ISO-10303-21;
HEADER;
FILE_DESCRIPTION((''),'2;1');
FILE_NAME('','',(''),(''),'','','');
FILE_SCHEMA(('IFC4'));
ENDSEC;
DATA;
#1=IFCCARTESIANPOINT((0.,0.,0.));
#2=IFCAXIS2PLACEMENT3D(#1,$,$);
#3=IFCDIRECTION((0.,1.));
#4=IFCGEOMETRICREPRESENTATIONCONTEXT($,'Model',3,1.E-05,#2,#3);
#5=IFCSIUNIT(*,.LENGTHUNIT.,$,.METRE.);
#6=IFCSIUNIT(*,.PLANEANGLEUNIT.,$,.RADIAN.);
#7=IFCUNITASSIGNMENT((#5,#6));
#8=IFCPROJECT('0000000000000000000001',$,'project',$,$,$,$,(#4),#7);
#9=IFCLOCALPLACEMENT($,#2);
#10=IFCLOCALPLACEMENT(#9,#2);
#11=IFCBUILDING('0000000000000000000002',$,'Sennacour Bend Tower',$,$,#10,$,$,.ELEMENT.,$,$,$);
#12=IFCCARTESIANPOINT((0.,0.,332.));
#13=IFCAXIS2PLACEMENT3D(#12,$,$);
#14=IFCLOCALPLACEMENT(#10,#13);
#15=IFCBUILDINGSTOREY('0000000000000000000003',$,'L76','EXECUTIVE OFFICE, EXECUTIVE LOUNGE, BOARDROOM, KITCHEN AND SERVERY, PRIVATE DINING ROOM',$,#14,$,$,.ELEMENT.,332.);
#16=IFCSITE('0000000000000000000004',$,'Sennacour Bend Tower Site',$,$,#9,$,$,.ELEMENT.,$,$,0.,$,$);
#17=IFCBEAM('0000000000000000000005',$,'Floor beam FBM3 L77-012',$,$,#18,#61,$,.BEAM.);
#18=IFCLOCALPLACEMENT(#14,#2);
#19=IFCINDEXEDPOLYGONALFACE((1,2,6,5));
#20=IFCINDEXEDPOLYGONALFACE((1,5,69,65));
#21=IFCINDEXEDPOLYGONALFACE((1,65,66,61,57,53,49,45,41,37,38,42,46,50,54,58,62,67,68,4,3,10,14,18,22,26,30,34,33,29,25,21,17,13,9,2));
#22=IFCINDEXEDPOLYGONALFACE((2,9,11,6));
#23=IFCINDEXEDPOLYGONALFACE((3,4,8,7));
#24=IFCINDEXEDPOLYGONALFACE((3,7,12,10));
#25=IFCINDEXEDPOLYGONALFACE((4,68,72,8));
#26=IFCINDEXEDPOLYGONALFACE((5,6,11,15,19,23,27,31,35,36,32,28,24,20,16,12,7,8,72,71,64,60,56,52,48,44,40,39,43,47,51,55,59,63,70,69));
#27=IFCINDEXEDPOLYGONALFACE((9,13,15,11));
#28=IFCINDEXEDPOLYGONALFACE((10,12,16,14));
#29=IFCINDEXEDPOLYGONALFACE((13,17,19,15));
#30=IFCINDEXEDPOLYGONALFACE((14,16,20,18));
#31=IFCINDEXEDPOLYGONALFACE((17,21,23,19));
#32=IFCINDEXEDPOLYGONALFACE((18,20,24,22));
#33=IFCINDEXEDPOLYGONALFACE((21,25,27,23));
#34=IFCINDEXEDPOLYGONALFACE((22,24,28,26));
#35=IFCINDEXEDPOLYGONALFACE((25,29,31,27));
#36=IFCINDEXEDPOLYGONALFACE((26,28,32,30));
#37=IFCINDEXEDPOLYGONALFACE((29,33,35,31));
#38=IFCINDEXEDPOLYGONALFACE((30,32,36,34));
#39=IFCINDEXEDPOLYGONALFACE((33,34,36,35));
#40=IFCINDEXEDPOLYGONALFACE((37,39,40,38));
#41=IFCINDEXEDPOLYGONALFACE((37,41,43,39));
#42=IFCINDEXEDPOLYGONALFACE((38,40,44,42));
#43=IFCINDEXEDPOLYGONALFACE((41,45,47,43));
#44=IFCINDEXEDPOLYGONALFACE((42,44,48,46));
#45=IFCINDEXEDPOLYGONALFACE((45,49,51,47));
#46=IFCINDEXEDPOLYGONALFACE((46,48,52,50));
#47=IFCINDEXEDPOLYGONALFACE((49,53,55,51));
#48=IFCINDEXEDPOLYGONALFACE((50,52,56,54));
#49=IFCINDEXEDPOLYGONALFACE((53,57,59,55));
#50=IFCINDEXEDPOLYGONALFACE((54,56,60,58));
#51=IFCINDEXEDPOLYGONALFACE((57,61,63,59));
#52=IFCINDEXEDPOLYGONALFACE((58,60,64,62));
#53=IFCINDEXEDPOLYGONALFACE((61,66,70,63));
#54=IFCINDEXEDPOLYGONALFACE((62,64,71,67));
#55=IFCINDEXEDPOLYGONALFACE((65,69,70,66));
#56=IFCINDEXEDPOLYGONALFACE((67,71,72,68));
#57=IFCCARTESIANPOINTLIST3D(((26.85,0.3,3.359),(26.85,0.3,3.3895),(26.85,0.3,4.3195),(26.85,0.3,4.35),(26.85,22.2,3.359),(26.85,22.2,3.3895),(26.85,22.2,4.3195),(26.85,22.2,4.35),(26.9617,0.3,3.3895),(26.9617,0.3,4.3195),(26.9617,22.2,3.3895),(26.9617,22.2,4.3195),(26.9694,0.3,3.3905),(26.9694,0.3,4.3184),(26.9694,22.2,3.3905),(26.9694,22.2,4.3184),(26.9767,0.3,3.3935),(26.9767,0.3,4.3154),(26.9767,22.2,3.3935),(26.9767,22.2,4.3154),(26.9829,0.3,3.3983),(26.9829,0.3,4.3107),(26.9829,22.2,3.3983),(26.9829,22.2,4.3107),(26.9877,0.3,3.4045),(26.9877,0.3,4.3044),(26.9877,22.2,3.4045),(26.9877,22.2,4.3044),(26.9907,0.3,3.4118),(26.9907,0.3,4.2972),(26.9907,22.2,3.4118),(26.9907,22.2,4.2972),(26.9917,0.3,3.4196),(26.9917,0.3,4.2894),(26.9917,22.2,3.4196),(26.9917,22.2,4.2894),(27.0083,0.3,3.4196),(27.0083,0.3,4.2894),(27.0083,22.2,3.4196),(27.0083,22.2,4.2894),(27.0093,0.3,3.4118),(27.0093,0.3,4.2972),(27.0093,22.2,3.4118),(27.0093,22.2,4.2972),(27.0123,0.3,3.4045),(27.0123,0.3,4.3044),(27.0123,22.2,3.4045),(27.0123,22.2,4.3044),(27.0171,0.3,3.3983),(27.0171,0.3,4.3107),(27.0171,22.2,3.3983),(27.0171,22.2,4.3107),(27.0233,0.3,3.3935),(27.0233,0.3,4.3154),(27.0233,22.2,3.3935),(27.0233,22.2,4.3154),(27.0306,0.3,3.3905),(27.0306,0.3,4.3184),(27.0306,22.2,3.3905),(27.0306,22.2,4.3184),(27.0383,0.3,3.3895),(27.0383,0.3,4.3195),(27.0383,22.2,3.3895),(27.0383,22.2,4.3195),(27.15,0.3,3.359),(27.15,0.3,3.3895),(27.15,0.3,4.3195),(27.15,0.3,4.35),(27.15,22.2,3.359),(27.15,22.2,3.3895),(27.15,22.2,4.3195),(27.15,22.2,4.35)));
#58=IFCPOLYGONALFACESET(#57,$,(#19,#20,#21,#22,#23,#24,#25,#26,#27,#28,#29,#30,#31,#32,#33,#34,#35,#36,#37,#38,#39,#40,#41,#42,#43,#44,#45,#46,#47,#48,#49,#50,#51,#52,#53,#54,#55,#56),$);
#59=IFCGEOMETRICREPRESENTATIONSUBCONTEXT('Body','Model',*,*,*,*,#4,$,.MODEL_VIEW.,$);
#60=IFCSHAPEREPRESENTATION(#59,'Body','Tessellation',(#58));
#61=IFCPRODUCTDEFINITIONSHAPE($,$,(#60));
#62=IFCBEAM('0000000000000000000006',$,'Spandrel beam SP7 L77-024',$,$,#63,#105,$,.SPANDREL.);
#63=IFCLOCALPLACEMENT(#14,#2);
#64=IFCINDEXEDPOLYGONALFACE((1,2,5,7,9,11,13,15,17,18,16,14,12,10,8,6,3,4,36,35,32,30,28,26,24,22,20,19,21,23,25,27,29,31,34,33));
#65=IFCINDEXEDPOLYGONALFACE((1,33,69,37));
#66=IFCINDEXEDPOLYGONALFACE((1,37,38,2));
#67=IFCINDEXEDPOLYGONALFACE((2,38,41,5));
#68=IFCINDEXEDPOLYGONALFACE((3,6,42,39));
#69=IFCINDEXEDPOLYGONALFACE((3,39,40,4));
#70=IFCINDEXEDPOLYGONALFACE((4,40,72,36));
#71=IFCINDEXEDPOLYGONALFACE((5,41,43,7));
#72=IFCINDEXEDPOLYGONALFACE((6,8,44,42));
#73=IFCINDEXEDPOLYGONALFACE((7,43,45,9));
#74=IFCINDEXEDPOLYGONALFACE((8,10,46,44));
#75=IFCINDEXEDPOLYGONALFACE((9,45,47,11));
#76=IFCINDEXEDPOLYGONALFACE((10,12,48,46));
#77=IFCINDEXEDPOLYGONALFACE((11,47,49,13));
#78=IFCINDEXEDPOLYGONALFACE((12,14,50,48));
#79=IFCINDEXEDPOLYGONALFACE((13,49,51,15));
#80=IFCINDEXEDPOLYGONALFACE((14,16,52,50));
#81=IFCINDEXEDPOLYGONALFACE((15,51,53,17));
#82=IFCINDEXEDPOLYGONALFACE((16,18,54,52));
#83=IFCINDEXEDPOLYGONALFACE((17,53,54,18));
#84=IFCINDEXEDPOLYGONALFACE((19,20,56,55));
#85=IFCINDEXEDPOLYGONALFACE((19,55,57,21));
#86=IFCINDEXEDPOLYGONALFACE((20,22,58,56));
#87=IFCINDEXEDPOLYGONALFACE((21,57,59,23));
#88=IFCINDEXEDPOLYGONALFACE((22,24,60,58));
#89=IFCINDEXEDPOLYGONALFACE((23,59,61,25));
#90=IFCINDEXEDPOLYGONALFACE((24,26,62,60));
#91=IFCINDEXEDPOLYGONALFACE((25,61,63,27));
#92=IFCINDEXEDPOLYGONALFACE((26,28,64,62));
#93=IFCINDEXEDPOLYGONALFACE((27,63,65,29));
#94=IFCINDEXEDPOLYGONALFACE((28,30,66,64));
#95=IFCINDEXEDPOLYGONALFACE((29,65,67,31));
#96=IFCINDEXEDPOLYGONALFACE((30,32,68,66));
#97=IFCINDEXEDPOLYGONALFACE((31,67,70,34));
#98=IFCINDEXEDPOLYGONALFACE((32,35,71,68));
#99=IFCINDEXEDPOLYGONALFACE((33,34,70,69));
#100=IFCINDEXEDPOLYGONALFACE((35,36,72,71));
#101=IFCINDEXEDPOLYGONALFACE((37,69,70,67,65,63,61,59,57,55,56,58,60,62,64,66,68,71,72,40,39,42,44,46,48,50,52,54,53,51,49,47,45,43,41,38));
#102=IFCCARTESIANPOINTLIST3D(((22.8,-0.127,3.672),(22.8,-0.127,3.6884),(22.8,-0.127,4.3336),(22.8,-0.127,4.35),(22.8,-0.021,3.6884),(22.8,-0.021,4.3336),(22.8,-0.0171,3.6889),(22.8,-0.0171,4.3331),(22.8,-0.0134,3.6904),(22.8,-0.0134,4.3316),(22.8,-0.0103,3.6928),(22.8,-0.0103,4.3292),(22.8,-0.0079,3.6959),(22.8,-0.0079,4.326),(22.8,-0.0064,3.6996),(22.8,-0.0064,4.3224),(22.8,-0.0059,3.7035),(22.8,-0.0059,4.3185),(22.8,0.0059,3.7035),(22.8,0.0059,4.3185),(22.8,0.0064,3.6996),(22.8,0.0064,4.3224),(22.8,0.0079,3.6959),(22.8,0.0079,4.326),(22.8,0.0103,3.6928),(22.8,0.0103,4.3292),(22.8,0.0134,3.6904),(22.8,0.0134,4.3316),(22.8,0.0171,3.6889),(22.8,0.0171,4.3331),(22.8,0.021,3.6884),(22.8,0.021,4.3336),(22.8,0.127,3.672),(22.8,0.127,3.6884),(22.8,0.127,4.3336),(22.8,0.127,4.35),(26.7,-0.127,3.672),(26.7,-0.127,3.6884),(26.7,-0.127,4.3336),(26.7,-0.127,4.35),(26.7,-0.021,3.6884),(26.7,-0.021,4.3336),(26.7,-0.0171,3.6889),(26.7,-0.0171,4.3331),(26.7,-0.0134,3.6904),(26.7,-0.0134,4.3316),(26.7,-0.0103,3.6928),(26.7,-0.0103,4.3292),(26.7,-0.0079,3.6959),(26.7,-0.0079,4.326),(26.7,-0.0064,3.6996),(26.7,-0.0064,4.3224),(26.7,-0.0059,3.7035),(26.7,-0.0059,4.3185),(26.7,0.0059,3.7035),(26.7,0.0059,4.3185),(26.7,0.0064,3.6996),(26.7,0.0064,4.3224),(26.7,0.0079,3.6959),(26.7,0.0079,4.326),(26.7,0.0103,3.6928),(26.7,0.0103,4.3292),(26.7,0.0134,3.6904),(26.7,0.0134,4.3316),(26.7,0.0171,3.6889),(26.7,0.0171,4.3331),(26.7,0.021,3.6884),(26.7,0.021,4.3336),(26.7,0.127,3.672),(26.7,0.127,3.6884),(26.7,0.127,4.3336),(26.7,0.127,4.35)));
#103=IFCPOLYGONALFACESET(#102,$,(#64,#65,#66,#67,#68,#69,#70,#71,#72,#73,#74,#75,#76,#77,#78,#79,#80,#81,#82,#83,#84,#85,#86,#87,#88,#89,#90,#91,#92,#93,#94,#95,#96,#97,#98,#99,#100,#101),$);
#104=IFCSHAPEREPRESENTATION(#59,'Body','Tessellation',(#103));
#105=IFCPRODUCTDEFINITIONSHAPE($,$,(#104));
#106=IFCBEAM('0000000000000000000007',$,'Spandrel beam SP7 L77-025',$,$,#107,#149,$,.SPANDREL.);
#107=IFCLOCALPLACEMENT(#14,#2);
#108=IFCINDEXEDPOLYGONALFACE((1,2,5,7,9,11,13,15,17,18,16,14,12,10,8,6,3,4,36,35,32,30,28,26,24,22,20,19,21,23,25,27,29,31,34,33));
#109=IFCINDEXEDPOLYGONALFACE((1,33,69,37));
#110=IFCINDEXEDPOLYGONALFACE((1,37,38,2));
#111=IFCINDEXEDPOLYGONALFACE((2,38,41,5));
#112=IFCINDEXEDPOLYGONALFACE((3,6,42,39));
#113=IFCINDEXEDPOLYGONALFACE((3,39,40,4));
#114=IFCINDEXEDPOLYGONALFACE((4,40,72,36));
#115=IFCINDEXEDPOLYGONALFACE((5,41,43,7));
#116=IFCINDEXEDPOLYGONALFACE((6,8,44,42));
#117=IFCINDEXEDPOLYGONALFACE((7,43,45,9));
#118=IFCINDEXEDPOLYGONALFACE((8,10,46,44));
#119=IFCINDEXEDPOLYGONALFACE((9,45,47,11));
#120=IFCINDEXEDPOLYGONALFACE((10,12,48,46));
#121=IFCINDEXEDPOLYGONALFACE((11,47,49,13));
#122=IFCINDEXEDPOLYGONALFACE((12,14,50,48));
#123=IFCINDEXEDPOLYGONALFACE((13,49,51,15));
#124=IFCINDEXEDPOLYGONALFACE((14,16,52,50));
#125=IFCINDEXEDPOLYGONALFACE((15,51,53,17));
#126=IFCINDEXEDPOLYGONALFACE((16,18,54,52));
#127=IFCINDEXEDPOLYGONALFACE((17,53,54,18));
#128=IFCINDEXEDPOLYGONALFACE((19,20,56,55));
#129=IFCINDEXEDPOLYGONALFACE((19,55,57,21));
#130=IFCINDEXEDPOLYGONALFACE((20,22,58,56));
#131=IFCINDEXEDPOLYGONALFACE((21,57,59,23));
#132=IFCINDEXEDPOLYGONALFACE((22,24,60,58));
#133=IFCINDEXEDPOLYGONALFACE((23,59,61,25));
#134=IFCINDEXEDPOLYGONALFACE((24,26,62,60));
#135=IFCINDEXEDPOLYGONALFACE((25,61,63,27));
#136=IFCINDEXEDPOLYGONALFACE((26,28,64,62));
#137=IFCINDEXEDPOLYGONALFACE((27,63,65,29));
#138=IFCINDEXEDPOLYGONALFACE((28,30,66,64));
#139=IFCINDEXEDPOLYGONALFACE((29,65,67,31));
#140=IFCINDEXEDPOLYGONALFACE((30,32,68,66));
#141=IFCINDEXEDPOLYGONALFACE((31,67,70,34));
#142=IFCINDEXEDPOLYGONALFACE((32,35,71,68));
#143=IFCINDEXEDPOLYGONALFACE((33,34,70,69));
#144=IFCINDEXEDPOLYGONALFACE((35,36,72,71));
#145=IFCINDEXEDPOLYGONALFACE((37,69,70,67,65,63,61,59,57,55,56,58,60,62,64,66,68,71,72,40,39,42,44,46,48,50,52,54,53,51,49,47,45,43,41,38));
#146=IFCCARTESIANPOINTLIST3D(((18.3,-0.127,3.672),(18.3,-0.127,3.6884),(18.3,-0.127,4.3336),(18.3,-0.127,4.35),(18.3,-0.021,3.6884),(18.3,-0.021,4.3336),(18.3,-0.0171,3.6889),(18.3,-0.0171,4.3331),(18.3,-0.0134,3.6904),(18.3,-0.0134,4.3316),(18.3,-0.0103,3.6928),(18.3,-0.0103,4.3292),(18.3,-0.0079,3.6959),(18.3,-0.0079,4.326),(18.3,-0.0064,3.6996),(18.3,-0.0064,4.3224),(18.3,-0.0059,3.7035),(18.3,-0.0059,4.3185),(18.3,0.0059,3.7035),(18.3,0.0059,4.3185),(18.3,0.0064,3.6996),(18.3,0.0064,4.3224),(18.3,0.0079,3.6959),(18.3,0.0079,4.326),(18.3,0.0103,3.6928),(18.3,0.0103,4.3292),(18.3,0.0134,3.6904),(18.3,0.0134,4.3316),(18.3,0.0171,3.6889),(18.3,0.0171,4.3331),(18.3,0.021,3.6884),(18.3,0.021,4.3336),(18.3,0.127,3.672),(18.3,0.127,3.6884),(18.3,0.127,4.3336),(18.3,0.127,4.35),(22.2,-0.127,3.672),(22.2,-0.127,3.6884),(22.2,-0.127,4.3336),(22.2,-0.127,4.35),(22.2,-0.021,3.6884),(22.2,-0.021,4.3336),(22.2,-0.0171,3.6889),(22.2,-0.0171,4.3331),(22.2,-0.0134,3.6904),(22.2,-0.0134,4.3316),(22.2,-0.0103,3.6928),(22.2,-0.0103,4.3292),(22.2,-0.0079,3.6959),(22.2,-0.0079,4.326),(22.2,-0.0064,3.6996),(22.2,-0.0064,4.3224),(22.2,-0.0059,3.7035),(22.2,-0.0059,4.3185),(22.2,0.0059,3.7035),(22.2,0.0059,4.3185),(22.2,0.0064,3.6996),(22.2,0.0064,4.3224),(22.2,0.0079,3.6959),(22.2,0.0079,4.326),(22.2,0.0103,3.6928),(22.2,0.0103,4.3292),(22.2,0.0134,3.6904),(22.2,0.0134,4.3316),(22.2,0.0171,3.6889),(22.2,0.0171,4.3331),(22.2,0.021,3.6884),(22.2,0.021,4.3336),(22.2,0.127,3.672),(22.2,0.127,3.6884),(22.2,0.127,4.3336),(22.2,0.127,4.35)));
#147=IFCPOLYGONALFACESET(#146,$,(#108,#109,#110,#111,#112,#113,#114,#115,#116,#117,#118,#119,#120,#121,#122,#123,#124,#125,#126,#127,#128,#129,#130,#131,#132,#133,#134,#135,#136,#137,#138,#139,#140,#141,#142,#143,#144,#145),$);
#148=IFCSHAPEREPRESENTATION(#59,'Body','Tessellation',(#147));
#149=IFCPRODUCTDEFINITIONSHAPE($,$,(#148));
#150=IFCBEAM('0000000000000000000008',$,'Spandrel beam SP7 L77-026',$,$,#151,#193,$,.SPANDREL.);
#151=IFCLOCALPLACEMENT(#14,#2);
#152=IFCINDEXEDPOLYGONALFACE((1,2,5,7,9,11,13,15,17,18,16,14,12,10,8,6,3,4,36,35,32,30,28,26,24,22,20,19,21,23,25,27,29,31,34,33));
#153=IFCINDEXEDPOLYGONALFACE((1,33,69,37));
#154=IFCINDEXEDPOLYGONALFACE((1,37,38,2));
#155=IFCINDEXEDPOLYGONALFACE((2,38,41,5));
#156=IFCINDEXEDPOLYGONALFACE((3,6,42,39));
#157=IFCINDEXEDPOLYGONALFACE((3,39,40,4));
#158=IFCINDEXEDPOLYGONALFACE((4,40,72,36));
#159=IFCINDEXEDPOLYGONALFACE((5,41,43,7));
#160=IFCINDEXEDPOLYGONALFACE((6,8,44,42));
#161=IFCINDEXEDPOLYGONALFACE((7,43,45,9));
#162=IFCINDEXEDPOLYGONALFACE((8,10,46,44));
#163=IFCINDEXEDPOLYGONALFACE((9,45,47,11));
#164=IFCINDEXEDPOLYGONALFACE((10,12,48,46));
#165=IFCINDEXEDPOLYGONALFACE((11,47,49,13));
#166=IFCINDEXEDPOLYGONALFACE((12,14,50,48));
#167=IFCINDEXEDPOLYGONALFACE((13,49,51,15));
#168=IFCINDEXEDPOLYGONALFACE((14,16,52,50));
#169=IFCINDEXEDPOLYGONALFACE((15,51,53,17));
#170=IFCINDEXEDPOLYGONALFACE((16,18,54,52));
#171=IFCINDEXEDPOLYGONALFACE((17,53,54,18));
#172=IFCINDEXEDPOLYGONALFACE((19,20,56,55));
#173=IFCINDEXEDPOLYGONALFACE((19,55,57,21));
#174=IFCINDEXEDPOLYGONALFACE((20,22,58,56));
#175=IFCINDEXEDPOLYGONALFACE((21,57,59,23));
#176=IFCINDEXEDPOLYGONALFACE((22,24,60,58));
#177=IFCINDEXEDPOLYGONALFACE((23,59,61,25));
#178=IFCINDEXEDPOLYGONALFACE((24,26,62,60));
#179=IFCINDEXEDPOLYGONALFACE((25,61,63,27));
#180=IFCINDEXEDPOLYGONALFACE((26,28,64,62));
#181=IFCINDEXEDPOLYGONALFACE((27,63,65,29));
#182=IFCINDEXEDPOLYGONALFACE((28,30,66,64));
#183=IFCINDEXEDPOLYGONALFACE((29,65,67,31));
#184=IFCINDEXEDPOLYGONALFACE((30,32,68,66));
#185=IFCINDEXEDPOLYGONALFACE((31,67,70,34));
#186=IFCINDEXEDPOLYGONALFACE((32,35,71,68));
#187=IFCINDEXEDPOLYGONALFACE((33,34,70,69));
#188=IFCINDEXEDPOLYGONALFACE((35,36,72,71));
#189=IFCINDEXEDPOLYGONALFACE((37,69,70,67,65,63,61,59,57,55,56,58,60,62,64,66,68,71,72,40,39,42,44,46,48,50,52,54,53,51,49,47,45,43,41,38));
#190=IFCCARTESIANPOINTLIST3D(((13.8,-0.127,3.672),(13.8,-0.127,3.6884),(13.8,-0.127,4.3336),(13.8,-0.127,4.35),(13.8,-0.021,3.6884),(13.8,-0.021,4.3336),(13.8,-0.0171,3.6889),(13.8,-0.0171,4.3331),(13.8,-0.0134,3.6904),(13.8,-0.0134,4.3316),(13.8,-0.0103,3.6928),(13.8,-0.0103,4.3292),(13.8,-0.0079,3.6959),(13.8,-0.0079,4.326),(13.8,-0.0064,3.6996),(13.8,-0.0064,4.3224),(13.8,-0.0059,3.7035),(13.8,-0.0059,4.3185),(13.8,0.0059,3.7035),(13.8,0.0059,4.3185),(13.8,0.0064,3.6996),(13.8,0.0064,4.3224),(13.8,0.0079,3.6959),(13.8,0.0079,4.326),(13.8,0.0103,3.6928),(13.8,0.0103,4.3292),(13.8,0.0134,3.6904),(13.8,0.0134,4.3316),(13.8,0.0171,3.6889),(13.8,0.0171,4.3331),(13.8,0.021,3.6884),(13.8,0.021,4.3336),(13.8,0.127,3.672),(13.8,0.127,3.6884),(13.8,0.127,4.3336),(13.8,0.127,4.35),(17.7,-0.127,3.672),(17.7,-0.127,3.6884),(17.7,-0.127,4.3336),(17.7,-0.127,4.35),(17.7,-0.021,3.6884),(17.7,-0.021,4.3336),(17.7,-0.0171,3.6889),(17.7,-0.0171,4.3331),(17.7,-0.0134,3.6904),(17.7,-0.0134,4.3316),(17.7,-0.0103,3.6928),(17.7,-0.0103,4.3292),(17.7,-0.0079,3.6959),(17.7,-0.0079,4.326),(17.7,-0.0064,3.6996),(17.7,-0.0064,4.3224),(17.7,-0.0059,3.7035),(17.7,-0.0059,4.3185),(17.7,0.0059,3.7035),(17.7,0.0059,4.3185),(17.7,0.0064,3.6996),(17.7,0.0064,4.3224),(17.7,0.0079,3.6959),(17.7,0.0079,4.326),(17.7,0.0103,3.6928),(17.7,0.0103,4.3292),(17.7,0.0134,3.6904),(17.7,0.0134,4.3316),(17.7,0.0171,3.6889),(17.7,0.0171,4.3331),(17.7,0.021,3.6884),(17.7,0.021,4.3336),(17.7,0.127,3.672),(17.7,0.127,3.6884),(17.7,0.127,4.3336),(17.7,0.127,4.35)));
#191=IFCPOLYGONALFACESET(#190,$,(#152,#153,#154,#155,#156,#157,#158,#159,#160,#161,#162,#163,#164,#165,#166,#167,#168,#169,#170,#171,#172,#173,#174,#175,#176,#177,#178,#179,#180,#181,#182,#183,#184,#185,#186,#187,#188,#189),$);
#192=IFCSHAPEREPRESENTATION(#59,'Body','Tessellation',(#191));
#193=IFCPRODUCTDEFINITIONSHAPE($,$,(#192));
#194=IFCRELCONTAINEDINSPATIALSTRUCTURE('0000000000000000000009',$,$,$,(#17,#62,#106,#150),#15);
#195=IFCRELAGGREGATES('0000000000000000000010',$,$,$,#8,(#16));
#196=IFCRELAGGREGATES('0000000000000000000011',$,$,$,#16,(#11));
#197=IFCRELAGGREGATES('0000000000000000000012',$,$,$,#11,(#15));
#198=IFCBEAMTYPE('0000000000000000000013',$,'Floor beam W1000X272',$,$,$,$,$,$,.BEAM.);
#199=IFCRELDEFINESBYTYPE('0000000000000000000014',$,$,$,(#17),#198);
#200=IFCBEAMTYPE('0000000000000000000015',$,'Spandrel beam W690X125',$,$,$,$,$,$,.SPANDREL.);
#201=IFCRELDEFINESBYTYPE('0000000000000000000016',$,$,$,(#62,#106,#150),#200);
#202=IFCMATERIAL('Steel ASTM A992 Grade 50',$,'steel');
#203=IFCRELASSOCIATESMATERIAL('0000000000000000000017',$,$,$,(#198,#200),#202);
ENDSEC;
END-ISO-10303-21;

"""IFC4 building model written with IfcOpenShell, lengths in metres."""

from ifc_helpers import new_model, si_unit, direction, frame, origin, origin_2d, place, context, subcontext, project, spatial, i_section, extrude, material, material_profile, profile_set, type_object, element, save


model = new_model("IFC4")

# Units and contexts
model_context = context("Model", 3, precision=1e-05, world=origin(), true_north=direction((0.0, 1.0)))
body_context = subcontext(model_context, "Body", "Model", "MODEL_VIEW")
ifc_project = project(units=[si_unit("LENGTHUNIT", "METRE"), si_unit("PLANEANGLEUNIT", "RADIAN")], contexts=[model_context])

# Site, building, storey
site_placement = place(None, origin())
site = spatial("IfcSite", under=ifc_project, at=site_placement, Name="Sennacour Bend Tower Site", CompositionType="ELEMENT", RefElevation=0.0)
building_placement = place(site_placement, origin())
building = spatial("IfcBuilding", under=site, at=building_placement, Name="Sennacour Bend Tower", CompositionType="ELEMENT")
storey_placement = place(building_placement, frame((0.0, 0.0, 332.0)))
storey = spatial("IfcBuildingStorey", under=building, at=storey_placement, Name="L76", Description="EXECUTIVE OFFICE, EXECUTIVE LOUNGE, BOARDROOM, KITCHEN AND SERVERY, PRIVATE DINING ROOM", CompositionType="ELEMENT", Elevation=332.0)

# Beams
ifc_material_1 = material(Name="Steel ASTM A992 Grade 50", Category="steel")
ifc_material_profile_1 = material_profile(ifc_material_1, i_section(OverallWidth=0.3, OverallDepth=0.991, WebThickness=0.0166, FlangeThickness=0.0305, FilletRadius=0.03, at=origin_2d()), Name="Steel ASTM A992 Grade 50", Category="steel")
ifc_profile_set_1 = profile_set([ifc_material_profile_1], Name="Steel ASTM A992 Grade 50")
beam_type_1 = type_object("IfcBeamType", Name="Floor beam W1000X272", PredefinedType="BEAM", material=ifc_profile_set_1)
beam_1_placement = place(storey_placement, frame((27.0, 0.3, 3.8545), z_axis=(0.0, 1.0, 0.0), x_axis=(-1.0, 0.0, 0.0)))
element("IfcBeam", 1, at=beam_1_placement, inside=storey, type_object=beam_type_1, Name="Floor beam FBM3 L77-012", PredefinedType="BEAM", context=body_context, shape_type="SweptSolid", body=[
    extrude(i_section(OverallWidth=0.3, OverallDepth=0.991, WebThickness=0.0166, FlangeThickness=0.0305, FilletRadius=0.03, at=origin_2d()), origin(), (0.0, 0.0, 1.0), 21.8999),
])
ifc_material_profile_2 = material_profile(ifc_material_1, i_section(OverallWidth=0.2539, OverallDepth=0.678, WebThickness=0.0117, FlangeThickness=0.0164, FilletRadius=0.0151, at=origin_2d()), Name="Steel ASTM A992 Grade 50", Category="steel")
ifc_profile_set_2 = profile_set([ifc_material_profile_2], Name="Steel ASTM A992 Grade 50")
beam_type_2 = type_object("IfcBeamType", Name="Spandrel beam W690X125", PredefinedType="SPANDREL", material=ifc_profile_set_2)
for number, where, z_axis, x_axis, name in (
    (2, (26.7, 0.0, 4.011), (-1.0, 0.0, 0.0), (0.0, -1.0, 0.0), "Spandrel beam SP7 L77-024"),
    (3, (22.2, 0.0, 4.011), (-1.0, 0.0, 0.0), (0.0, -1.0, 0.0), "Spandrel beam SP7 L77-025"),
    (4, (17.7, 0.0, 4.011), (-1.0, 0.0, 0.0), (0.0, -1.0, 0.0), "Spandrel beam SP7 L77-026"),
):
    element("IfcBeam", number, at=place(storey_placement, frame(where, z_axis=z_axis, x_axis=x_axis)), inside=storey, type_object=beam_type_2, Name=name, PredefinedType="SPANDREL", context=body_context, shape_type="SweptSolid", body=[
        extrude(i_section(OverallWidth=0.2539, OverallDepth=0.678, WebThickness=0.0117, FlangeThickness=0.0164, FilletRadius=0.0151, at=origin_2d()), origin(), (0.0, 0.0, 1.0), 3.8999),
    ])

save(model, "model.ifc")
